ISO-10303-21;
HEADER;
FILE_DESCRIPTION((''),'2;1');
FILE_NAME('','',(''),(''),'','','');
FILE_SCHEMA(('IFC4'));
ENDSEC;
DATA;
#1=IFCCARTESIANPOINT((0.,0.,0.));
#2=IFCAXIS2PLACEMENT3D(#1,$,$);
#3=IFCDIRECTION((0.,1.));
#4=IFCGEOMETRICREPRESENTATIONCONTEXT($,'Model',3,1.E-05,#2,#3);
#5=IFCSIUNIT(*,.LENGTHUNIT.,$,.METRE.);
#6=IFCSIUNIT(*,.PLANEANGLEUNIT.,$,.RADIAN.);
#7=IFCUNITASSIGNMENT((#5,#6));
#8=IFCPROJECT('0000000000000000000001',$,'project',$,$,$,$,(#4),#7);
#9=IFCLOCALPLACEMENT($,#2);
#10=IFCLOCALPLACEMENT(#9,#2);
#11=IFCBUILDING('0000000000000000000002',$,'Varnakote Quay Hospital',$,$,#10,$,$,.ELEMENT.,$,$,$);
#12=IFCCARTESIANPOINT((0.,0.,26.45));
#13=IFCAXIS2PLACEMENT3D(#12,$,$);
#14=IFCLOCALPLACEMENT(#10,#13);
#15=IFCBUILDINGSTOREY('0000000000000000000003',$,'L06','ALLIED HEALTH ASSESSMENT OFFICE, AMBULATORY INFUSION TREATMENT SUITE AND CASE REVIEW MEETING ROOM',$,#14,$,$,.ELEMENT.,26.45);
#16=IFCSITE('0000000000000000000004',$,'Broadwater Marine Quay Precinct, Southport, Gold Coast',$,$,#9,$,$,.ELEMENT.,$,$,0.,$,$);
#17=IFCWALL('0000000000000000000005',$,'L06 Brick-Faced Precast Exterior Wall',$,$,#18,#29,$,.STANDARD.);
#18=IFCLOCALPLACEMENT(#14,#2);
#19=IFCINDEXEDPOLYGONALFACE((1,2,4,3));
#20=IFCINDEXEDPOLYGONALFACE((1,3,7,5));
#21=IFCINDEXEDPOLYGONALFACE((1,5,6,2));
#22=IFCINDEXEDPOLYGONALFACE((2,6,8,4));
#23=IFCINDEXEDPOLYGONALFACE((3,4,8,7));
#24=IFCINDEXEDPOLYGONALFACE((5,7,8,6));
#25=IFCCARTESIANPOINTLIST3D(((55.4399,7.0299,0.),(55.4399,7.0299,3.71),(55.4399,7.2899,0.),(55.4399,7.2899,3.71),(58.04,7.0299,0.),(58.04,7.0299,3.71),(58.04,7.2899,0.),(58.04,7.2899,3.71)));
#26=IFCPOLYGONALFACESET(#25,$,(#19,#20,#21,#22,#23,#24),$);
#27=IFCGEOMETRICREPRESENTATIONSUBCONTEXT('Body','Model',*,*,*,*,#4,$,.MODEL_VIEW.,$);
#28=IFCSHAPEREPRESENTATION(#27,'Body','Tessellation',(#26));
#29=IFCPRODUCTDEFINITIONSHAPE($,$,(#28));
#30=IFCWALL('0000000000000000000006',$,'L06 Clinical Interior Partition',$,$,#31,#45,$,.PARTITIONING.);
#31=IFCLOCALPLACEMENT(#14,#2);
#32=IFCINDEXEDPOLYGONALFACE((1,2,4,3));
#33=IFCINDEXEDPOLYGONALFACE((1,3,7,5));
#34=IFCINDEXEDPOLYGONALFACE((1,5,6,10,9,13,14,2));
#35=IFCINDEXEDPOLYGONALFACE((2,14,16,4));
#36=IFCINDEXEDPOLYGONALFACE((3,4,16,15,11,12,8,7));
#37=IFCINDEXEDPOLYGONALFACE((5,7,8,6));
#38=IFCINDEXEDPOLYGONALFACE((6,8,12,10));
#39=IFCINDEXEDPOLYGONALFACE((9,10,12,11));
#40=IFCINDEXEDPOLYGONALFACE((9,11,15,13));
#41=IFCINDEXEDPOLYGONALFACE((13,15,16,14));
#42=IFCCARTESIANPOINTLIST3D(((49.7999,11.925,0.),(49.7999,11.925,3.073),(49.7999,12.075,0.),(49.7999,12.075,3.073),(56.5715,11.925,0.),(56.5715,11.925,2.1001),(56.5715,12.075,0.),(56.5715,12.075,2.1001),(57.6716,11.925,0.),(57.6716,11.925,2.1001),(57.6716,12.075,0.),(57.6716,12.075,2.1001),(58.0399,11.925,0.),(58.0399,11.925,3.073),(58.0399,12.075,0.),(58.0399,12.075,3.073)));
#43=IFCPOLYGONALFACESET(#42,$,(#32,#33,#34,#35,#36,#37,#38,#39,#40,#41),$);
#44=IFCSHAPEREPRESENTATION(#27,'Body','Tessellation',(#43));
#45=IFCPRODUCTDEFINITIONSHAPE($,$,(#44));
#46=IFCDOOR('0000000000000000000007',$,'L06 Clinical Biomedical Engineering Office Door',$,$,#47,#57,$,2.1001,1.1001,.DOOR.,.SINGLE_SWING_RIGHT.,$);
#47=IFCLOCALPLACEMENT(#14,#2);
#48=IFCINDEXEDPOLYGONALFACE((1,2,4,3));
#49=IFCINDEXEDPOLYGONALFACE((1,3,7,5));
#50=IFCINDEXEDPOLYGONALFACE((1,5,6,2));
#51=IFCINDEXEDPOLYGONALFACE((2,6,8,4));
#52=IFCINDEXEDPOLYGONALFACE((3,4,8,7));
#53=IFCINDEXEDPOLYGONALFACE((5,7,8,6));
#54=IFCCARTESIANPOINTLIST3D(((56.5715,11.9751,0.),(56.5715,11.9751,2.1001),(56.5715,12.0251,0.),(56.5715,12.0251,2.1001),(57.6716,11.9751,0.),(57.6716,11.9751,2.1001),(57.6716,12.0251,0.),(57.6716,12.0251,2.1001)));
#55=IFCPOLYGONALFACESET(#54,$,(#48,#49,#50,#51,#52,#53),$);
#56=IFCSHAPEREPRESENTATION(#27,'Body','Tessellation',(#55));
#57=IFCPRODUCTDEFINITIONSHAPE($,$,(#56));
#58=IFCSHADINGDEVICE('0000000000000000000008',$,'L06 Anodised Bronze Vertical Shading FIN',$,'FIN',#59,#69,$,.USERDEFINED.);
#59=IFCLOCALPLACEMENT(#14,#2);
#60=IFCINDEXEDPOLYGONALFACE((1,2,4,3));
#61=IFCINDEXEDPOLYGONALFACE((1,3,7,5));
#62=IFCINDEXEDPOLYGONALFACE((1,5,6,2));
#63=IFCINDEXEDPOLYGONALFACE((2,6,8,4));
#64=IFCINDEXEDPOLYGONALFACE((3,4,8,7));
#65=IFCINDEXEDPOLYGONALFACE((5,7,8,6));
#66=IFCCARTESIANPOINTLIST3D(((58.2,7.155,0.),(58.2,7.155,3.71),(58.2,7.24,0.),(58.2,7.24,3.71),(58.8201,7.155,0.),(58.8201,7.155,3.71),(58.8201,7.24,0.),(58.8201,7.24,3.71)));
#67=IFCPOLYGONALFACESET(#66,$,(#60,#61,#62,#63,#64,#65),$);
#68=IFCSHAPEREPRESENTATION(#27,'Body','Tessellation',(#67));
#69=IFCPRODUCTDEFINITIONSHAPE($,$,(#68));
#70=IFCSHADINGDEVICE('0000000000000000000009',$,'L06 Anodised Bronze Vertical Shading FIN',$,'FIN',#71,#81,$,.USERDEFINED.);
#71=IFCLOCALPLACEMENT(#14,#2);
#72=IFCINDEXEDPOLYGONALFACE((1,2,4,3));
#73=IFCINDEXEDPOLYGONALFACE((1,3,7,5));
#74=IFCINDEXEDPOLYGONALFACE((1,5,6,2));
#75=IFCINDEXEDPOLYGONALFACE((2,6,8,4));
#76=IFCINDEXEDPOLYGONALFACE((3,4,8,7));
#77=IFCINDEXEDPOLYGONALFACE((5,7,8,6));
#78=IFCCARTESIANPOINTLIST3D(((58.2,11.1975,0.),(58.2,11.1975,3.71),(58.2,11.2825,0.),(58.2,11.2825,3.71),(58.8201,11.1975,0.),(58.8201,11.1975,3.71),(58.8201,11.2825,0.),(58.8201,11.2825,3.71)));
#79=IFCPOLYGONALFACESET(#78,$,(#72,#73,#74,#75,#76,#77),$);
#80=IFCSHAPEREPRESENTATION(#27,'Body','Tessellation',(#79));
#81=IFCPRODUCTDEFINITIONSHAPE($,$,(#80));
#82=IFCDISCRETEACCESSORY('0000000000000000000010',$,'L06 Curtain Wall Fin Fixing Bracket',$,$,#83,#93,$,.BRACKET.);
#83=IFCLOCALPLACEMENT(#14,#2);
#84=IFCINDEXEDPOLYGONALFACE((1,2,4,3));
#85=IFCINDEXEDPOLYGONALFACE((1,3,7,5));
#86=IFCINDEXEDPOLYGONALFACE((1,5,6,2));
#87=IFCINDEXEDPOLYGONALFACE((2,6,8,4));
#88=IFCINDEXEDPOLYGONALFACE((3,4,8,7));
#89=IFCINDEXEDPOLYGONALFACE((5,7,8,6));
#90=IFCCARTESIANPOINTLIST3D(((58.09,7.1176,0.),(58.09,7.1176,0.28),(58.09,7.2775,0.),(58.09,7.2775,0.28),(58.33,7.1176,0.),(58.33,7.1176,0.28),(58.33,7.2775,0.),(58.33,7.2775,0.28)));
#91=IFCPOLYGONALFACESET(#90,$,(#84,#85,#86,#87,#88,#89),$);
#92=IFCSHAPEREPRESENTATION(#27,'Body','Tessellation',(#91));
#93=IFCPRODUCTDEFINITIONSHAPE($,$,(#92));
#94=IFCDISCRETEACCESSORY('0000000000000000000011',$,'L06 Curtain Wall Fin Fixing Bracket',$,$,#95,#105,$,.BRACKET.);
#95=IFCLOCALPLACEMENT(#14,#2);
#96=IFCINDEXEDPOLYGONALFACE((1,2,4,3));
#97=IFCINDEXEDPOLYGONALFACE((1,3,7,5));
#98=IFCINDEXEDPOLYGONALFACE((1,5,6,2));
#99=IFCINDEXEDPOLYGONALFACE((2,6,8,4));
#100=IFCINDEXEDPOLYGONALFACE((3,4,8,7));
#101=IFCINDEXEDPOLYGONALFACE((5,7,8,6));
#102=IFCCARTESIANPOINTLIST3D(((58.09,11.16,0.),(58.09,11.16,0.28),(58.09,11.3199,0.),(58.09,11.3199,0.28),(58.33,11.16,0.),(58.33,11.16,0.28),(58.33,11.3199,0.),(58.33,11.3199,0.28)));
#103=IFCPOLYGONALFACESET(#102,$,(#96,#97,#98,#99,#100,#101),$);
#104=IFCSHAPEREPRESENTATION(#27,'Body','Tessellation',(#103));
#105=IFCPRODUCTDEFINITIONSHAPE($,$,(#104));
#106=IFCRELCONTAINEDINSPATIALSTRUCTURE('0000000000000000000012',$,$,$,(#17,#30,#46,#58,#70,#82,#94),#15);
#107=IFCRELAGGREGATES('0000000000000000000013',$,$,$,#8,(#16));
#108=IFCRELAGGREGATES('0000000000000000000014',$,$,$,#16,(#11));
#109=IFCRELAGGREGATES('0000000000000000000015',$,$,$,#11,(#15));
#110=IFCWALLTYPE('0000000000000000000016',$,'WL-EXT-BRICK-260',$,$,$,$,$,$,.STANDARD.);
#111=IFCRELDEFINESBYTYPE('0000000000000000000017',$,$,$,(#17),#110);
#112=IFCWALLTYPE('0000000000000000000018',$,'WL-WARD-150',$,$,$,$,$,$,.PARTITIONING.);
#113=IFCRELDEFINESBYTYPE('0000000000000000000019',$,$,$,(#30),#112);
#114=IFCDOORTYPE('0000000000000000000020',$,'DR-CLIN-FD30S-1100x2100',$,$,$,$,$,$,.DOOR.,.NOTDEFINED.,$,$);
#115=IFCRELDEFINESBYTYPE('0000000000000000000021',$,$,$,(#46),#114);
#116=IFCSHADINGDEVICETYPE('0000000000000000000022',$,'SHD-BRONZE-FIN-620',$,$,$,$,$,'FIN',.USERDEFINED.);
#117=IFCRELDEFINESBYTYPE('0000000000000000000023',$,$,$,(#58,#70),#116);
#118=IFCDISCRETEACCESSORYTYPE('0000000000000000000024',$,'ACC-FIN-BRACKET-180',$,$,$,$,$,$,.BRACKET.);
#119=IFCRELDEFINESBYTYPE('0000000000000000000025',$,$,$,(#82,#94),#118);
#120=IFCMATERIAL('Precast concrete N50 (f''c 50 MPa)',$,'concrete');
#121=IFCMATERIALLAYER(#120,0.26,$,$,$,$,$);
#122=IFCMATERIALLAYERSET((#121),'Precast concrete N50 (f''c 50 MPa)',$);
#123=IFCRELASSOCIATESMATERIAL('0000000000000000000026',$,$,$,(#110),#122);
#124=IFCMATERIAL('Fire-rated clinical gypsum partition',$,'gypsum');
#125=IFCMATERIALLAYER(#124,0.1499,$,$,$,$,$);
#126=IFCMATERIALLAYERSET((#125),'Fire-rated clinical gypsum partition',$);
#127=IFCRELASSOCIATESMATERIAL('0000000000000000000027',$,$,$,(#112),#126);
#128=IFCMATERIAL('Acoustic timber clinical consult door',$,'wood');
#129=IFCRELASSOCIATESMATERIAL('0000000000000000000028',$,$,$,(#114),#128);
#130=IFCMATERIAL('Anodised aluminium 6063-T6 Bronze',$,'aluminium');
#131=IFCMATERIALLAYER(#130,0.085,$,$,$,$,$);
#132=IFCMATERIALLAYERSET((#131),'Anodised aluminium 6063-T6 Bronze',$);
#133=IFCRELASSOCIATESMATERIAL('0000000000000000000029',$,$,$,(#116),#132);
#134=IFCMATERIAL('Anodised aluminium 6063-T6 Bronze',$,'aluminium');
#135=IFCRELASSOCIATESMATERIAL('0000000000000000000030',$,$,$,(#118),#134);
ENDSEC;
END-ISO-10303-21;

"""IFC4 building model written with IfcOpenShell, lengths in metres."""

from ifc_helpers import new_model, si_unit, direction, frame, frame_2d, origin, origin_2d, place, context, subcontext, project, spatial, rectangle, extrude, material, layer, layer_set, type_object, element, fill, save


model = new_model("IFC4")

# Units and contexts
model_context = context("Model", 3, precision=1e-05, world=origin(), true_north=direction((0.0, 1.0)))
body_context = subcontext(model_context, "Body", "Model", "MODEL_VIEW")
ifc_project = project(units=[si_unit("LENGTHUNIT", "METRE"), si_unit("PLANEANGLEUNIT", "RADIAN")], contexts=[model_context])

# Site, building, storey
site_placement = place(None, origin())
site = spatial("IfcSite", under=ifc_project, at=site_placement, Name="Broadwater Marine Quay Precinct, Southport, Gold Coast", CompositionType="ELEMENT", RefElevation=0.0)
building_placement = place(site_placement, origin())
building = spatial("IfcBuilding", under=site, at=building_placement, Name="Varnakote Quay Hospital", CompositionType="ELEMENT")
storey_placement = place(building_placement, frame((0.0, 0.0, 26.45)))
storey = spatial("IfcBuildingStorey", under=building, at=storey_placement, Name="L06", Description="ALLIED HEALTH ASSESSMENT OFFICE, AMBULATORY INFUSION TREATMENT SUITE AND CASE REVIEW MEETING ROOM", CompositionType="ELEMENT", Elevation=26.45)

# Wall
ifc_material_1 = material(Name="Precast concrete N50 (f'c 50 MPa)", Category="concrete")
ifc_layer_1 = layer(ifc_material_1, 0.26)
ifc_layer_set_1 = layer_set([ifc_layer_1], Name="Precast concrete N50 (f'c 50 MPa)")
wall_type_1 = type_object("IfcWallType", Name="WL-EXT-BRICK-260", PredefinedType="STANDARD", material=ifc_layer_set_1)
wall_1_placement = place(storey_placement, frame((55.4399, 7.1599, 0.0), z_axis=(0.0, 0.0, 1.0), x_axis=(1.0, 0.0, 0.0)))
element("IfcWall", 1, at=wall_1_placement, inside=storey, type_object=wall_type_1, Name="L06 Brick-Faced Precast Exterior Wall", PredefinedType="STANDARD", context=body_context, shape_type="SweptSolid", body=[
    extrude(rectangle(XDim=2.6001, YDim=0.26, at=frame_2d((1.3, 0.0))), origin(), (0.0, 0.0, 1.0), 3.71),
])

# Wall, opening, door
ifc_material_2 = material(Name="Fire-rated clinical gypsum partition", Category="gypsum")
ifc_layer_2 = layer(ifc_material_2, 0.1499)
ifc_layer_set_2 = layer_set([ifc_layer_2], Name="Fire-rated clinical gypsum partition")
wall_type_2 = type_object("IfcWallType", Name="WL-WARD-150", PredefinedType="PARTITIONING", material=ifc_layer_set_2)
wall_2_placement = place(storey_placement, frame((58.04, 12.0, 0.0), z_axis=(0.0, 0.0, 1.0), x_axis=(-1.0, 0.0, 0.0)))
wall_2 = element("IfcWall", 2, at=wall_2_placement, inside=storey, type_object=wall_type_2, Name="L06 Clinical Interior Partition", PredefinedType="PARTITIONING", context=body_context, shape_type="SweptSolid", body=[
    extrude(rectangle(XDim=8.24, YDim=0.1499, at=frame_2d((4.1201, 0.0))), origin(), (0.0, 0.0, 1.0), 3.073),
])
opening_placement = place(wall_2_placement, frame((0.3684, 0.0, 0.0)))
opening = element("IfcOpeningElement", 3, at=opening_placement, cuts=wall_2, PredefinedType="OPENING", context=body_context, shape_type="SweptSolid", body=[
    extrude(rectangle(XDim=1.1001, YDim=2.1001, at=frame_2d((0.55, 1.05))), frame((0.0, 0.085, 0.0), z_axis=(0.0, -1.0, 0.0), x_axis=(1.0, 0.0, 0.0)), (0.0, 0.0, 1.0), 0.1699),
])
ifc_material_3 = material(Name="Acoustic timber clinical consult door", Category="wood")
door_type = type_object("IfcDoorType", Name="DR-CLIN-FD30S-1100x2100", OperationType="NOTDEFINED", PredefinedType="DOOR", material=ifc_material_3)
door_placement = place(opening_placement, origin())
door = element("IfcDoor", 4, at=door_placement, inside=storey, type_object=door_type, Name="L06 Clinical Biomedical Engineering Office Door", OperationType="SINGLE_SWING_RIGHT", OverallHeight=2.1001, OverallWidth=1.1001, PredefinedType="DOOR", context=body_context, shape_type="SweptSolid", body=[
    extrude(rectangle(XDim=1.1001, YDim=2.1001, at=frame_2d((0.55, 1.05))), frame((0.0, 0.0249, 0.0), z_axis=(0.0, -1.0, 0.0), x_axis=(1.0, 0.0, 0.0)), (0.0, 0.0, 1.0), 0.05),
])
fill(opening, door)

# Shading devices
ifc_material_4 = material(Name="Anodised aluminium 6063-T6 Bronze", Category="aluminium")
ifc_layer_3 = layer(ifc_material_4, 0.085)
ifc_layer_set_3 = layer_set([ifc_layer_3], Name="Anodised aluminium 6063-T6 Bronze")
shading_device_type = type_object("IfcShadingDeviceType", Name="SHD-BRONZE-FIN-620", ElementType="FIN", PredefinedType="USERDEFINED", material=ifc_layer_set_3)
for number, where, z_axis, x_axis, name in (
    (5, (58.51, 7.1975, 0.0), (0.0, 0.0, 1.0), (-1.0, 0.0, 0.0), "L06 Anodised Bronze Vertical Shading FIN"),
    (6, (58.51, 11.24, 0.0), (0.0, 0.0, 1.0), (-1.0, 0.0, 0.0), "L06 Anodised Bronze Vertical Shading FIN"),
):
    element("IfcShadingDevice", number, at=place(storey_placement, frame(where, z_axis=z_axis, x_axis=x_axis)), inside=storey, type_object=shading_device_type, Name=name, ObjectType="FIN", PredefinedType="USERDEFINED", context=body_context, shape_type="SweptSolid", body=[
        extrude(rectangle(XDim=0.6201, YDim=0.085, at=origin_2d()), origin(), (0.0, 0.0, 1.0), 3.71),
    ])

# Discrete accessories
ifc_material_5 = material(Name="Anodised aluminium 6063-T6 Bronze", Category="aluminium")
discrete_accessory_type = type_object("IfcDiscreteAccessoryType", Name="ACC-FIN-BRACKET-180", PredefinedType="BRACKET", material=ifc_material_5)
for number, where, z_axis, x_axis, name in (
    (7, (58.21, 7.1975, 0.0), (0.0, 0.0, 1.0), (0.0, 1.0, 0.0), "L06 Curtain Wall Fin Fixing Bracket"),
    (8, (58.21, 11.24, 0.0), (0.0, 0.0, 1.0), (0.0, 1.0, 0.0), "L06 Curtain Wall Fin Fixing Bracket"),
):
    element("IfcDiscreteAccessory", number, at=place(storey_placement, frame(where, z_axis=z_axis, x_axis=x_axis)), inside=storey, type_object=discrete_accessory_type, Name=name, PredefinedType="BRACKET", context=body_context, shape_type="SweptSolid", body=[
        extrude(rectangle(XDim=0.1599, YDim=0.24, at=origin_2d()), origin(), (0.0, 0.0, 1.0), 0.28),
    ])

save(model, "model.ifc")
